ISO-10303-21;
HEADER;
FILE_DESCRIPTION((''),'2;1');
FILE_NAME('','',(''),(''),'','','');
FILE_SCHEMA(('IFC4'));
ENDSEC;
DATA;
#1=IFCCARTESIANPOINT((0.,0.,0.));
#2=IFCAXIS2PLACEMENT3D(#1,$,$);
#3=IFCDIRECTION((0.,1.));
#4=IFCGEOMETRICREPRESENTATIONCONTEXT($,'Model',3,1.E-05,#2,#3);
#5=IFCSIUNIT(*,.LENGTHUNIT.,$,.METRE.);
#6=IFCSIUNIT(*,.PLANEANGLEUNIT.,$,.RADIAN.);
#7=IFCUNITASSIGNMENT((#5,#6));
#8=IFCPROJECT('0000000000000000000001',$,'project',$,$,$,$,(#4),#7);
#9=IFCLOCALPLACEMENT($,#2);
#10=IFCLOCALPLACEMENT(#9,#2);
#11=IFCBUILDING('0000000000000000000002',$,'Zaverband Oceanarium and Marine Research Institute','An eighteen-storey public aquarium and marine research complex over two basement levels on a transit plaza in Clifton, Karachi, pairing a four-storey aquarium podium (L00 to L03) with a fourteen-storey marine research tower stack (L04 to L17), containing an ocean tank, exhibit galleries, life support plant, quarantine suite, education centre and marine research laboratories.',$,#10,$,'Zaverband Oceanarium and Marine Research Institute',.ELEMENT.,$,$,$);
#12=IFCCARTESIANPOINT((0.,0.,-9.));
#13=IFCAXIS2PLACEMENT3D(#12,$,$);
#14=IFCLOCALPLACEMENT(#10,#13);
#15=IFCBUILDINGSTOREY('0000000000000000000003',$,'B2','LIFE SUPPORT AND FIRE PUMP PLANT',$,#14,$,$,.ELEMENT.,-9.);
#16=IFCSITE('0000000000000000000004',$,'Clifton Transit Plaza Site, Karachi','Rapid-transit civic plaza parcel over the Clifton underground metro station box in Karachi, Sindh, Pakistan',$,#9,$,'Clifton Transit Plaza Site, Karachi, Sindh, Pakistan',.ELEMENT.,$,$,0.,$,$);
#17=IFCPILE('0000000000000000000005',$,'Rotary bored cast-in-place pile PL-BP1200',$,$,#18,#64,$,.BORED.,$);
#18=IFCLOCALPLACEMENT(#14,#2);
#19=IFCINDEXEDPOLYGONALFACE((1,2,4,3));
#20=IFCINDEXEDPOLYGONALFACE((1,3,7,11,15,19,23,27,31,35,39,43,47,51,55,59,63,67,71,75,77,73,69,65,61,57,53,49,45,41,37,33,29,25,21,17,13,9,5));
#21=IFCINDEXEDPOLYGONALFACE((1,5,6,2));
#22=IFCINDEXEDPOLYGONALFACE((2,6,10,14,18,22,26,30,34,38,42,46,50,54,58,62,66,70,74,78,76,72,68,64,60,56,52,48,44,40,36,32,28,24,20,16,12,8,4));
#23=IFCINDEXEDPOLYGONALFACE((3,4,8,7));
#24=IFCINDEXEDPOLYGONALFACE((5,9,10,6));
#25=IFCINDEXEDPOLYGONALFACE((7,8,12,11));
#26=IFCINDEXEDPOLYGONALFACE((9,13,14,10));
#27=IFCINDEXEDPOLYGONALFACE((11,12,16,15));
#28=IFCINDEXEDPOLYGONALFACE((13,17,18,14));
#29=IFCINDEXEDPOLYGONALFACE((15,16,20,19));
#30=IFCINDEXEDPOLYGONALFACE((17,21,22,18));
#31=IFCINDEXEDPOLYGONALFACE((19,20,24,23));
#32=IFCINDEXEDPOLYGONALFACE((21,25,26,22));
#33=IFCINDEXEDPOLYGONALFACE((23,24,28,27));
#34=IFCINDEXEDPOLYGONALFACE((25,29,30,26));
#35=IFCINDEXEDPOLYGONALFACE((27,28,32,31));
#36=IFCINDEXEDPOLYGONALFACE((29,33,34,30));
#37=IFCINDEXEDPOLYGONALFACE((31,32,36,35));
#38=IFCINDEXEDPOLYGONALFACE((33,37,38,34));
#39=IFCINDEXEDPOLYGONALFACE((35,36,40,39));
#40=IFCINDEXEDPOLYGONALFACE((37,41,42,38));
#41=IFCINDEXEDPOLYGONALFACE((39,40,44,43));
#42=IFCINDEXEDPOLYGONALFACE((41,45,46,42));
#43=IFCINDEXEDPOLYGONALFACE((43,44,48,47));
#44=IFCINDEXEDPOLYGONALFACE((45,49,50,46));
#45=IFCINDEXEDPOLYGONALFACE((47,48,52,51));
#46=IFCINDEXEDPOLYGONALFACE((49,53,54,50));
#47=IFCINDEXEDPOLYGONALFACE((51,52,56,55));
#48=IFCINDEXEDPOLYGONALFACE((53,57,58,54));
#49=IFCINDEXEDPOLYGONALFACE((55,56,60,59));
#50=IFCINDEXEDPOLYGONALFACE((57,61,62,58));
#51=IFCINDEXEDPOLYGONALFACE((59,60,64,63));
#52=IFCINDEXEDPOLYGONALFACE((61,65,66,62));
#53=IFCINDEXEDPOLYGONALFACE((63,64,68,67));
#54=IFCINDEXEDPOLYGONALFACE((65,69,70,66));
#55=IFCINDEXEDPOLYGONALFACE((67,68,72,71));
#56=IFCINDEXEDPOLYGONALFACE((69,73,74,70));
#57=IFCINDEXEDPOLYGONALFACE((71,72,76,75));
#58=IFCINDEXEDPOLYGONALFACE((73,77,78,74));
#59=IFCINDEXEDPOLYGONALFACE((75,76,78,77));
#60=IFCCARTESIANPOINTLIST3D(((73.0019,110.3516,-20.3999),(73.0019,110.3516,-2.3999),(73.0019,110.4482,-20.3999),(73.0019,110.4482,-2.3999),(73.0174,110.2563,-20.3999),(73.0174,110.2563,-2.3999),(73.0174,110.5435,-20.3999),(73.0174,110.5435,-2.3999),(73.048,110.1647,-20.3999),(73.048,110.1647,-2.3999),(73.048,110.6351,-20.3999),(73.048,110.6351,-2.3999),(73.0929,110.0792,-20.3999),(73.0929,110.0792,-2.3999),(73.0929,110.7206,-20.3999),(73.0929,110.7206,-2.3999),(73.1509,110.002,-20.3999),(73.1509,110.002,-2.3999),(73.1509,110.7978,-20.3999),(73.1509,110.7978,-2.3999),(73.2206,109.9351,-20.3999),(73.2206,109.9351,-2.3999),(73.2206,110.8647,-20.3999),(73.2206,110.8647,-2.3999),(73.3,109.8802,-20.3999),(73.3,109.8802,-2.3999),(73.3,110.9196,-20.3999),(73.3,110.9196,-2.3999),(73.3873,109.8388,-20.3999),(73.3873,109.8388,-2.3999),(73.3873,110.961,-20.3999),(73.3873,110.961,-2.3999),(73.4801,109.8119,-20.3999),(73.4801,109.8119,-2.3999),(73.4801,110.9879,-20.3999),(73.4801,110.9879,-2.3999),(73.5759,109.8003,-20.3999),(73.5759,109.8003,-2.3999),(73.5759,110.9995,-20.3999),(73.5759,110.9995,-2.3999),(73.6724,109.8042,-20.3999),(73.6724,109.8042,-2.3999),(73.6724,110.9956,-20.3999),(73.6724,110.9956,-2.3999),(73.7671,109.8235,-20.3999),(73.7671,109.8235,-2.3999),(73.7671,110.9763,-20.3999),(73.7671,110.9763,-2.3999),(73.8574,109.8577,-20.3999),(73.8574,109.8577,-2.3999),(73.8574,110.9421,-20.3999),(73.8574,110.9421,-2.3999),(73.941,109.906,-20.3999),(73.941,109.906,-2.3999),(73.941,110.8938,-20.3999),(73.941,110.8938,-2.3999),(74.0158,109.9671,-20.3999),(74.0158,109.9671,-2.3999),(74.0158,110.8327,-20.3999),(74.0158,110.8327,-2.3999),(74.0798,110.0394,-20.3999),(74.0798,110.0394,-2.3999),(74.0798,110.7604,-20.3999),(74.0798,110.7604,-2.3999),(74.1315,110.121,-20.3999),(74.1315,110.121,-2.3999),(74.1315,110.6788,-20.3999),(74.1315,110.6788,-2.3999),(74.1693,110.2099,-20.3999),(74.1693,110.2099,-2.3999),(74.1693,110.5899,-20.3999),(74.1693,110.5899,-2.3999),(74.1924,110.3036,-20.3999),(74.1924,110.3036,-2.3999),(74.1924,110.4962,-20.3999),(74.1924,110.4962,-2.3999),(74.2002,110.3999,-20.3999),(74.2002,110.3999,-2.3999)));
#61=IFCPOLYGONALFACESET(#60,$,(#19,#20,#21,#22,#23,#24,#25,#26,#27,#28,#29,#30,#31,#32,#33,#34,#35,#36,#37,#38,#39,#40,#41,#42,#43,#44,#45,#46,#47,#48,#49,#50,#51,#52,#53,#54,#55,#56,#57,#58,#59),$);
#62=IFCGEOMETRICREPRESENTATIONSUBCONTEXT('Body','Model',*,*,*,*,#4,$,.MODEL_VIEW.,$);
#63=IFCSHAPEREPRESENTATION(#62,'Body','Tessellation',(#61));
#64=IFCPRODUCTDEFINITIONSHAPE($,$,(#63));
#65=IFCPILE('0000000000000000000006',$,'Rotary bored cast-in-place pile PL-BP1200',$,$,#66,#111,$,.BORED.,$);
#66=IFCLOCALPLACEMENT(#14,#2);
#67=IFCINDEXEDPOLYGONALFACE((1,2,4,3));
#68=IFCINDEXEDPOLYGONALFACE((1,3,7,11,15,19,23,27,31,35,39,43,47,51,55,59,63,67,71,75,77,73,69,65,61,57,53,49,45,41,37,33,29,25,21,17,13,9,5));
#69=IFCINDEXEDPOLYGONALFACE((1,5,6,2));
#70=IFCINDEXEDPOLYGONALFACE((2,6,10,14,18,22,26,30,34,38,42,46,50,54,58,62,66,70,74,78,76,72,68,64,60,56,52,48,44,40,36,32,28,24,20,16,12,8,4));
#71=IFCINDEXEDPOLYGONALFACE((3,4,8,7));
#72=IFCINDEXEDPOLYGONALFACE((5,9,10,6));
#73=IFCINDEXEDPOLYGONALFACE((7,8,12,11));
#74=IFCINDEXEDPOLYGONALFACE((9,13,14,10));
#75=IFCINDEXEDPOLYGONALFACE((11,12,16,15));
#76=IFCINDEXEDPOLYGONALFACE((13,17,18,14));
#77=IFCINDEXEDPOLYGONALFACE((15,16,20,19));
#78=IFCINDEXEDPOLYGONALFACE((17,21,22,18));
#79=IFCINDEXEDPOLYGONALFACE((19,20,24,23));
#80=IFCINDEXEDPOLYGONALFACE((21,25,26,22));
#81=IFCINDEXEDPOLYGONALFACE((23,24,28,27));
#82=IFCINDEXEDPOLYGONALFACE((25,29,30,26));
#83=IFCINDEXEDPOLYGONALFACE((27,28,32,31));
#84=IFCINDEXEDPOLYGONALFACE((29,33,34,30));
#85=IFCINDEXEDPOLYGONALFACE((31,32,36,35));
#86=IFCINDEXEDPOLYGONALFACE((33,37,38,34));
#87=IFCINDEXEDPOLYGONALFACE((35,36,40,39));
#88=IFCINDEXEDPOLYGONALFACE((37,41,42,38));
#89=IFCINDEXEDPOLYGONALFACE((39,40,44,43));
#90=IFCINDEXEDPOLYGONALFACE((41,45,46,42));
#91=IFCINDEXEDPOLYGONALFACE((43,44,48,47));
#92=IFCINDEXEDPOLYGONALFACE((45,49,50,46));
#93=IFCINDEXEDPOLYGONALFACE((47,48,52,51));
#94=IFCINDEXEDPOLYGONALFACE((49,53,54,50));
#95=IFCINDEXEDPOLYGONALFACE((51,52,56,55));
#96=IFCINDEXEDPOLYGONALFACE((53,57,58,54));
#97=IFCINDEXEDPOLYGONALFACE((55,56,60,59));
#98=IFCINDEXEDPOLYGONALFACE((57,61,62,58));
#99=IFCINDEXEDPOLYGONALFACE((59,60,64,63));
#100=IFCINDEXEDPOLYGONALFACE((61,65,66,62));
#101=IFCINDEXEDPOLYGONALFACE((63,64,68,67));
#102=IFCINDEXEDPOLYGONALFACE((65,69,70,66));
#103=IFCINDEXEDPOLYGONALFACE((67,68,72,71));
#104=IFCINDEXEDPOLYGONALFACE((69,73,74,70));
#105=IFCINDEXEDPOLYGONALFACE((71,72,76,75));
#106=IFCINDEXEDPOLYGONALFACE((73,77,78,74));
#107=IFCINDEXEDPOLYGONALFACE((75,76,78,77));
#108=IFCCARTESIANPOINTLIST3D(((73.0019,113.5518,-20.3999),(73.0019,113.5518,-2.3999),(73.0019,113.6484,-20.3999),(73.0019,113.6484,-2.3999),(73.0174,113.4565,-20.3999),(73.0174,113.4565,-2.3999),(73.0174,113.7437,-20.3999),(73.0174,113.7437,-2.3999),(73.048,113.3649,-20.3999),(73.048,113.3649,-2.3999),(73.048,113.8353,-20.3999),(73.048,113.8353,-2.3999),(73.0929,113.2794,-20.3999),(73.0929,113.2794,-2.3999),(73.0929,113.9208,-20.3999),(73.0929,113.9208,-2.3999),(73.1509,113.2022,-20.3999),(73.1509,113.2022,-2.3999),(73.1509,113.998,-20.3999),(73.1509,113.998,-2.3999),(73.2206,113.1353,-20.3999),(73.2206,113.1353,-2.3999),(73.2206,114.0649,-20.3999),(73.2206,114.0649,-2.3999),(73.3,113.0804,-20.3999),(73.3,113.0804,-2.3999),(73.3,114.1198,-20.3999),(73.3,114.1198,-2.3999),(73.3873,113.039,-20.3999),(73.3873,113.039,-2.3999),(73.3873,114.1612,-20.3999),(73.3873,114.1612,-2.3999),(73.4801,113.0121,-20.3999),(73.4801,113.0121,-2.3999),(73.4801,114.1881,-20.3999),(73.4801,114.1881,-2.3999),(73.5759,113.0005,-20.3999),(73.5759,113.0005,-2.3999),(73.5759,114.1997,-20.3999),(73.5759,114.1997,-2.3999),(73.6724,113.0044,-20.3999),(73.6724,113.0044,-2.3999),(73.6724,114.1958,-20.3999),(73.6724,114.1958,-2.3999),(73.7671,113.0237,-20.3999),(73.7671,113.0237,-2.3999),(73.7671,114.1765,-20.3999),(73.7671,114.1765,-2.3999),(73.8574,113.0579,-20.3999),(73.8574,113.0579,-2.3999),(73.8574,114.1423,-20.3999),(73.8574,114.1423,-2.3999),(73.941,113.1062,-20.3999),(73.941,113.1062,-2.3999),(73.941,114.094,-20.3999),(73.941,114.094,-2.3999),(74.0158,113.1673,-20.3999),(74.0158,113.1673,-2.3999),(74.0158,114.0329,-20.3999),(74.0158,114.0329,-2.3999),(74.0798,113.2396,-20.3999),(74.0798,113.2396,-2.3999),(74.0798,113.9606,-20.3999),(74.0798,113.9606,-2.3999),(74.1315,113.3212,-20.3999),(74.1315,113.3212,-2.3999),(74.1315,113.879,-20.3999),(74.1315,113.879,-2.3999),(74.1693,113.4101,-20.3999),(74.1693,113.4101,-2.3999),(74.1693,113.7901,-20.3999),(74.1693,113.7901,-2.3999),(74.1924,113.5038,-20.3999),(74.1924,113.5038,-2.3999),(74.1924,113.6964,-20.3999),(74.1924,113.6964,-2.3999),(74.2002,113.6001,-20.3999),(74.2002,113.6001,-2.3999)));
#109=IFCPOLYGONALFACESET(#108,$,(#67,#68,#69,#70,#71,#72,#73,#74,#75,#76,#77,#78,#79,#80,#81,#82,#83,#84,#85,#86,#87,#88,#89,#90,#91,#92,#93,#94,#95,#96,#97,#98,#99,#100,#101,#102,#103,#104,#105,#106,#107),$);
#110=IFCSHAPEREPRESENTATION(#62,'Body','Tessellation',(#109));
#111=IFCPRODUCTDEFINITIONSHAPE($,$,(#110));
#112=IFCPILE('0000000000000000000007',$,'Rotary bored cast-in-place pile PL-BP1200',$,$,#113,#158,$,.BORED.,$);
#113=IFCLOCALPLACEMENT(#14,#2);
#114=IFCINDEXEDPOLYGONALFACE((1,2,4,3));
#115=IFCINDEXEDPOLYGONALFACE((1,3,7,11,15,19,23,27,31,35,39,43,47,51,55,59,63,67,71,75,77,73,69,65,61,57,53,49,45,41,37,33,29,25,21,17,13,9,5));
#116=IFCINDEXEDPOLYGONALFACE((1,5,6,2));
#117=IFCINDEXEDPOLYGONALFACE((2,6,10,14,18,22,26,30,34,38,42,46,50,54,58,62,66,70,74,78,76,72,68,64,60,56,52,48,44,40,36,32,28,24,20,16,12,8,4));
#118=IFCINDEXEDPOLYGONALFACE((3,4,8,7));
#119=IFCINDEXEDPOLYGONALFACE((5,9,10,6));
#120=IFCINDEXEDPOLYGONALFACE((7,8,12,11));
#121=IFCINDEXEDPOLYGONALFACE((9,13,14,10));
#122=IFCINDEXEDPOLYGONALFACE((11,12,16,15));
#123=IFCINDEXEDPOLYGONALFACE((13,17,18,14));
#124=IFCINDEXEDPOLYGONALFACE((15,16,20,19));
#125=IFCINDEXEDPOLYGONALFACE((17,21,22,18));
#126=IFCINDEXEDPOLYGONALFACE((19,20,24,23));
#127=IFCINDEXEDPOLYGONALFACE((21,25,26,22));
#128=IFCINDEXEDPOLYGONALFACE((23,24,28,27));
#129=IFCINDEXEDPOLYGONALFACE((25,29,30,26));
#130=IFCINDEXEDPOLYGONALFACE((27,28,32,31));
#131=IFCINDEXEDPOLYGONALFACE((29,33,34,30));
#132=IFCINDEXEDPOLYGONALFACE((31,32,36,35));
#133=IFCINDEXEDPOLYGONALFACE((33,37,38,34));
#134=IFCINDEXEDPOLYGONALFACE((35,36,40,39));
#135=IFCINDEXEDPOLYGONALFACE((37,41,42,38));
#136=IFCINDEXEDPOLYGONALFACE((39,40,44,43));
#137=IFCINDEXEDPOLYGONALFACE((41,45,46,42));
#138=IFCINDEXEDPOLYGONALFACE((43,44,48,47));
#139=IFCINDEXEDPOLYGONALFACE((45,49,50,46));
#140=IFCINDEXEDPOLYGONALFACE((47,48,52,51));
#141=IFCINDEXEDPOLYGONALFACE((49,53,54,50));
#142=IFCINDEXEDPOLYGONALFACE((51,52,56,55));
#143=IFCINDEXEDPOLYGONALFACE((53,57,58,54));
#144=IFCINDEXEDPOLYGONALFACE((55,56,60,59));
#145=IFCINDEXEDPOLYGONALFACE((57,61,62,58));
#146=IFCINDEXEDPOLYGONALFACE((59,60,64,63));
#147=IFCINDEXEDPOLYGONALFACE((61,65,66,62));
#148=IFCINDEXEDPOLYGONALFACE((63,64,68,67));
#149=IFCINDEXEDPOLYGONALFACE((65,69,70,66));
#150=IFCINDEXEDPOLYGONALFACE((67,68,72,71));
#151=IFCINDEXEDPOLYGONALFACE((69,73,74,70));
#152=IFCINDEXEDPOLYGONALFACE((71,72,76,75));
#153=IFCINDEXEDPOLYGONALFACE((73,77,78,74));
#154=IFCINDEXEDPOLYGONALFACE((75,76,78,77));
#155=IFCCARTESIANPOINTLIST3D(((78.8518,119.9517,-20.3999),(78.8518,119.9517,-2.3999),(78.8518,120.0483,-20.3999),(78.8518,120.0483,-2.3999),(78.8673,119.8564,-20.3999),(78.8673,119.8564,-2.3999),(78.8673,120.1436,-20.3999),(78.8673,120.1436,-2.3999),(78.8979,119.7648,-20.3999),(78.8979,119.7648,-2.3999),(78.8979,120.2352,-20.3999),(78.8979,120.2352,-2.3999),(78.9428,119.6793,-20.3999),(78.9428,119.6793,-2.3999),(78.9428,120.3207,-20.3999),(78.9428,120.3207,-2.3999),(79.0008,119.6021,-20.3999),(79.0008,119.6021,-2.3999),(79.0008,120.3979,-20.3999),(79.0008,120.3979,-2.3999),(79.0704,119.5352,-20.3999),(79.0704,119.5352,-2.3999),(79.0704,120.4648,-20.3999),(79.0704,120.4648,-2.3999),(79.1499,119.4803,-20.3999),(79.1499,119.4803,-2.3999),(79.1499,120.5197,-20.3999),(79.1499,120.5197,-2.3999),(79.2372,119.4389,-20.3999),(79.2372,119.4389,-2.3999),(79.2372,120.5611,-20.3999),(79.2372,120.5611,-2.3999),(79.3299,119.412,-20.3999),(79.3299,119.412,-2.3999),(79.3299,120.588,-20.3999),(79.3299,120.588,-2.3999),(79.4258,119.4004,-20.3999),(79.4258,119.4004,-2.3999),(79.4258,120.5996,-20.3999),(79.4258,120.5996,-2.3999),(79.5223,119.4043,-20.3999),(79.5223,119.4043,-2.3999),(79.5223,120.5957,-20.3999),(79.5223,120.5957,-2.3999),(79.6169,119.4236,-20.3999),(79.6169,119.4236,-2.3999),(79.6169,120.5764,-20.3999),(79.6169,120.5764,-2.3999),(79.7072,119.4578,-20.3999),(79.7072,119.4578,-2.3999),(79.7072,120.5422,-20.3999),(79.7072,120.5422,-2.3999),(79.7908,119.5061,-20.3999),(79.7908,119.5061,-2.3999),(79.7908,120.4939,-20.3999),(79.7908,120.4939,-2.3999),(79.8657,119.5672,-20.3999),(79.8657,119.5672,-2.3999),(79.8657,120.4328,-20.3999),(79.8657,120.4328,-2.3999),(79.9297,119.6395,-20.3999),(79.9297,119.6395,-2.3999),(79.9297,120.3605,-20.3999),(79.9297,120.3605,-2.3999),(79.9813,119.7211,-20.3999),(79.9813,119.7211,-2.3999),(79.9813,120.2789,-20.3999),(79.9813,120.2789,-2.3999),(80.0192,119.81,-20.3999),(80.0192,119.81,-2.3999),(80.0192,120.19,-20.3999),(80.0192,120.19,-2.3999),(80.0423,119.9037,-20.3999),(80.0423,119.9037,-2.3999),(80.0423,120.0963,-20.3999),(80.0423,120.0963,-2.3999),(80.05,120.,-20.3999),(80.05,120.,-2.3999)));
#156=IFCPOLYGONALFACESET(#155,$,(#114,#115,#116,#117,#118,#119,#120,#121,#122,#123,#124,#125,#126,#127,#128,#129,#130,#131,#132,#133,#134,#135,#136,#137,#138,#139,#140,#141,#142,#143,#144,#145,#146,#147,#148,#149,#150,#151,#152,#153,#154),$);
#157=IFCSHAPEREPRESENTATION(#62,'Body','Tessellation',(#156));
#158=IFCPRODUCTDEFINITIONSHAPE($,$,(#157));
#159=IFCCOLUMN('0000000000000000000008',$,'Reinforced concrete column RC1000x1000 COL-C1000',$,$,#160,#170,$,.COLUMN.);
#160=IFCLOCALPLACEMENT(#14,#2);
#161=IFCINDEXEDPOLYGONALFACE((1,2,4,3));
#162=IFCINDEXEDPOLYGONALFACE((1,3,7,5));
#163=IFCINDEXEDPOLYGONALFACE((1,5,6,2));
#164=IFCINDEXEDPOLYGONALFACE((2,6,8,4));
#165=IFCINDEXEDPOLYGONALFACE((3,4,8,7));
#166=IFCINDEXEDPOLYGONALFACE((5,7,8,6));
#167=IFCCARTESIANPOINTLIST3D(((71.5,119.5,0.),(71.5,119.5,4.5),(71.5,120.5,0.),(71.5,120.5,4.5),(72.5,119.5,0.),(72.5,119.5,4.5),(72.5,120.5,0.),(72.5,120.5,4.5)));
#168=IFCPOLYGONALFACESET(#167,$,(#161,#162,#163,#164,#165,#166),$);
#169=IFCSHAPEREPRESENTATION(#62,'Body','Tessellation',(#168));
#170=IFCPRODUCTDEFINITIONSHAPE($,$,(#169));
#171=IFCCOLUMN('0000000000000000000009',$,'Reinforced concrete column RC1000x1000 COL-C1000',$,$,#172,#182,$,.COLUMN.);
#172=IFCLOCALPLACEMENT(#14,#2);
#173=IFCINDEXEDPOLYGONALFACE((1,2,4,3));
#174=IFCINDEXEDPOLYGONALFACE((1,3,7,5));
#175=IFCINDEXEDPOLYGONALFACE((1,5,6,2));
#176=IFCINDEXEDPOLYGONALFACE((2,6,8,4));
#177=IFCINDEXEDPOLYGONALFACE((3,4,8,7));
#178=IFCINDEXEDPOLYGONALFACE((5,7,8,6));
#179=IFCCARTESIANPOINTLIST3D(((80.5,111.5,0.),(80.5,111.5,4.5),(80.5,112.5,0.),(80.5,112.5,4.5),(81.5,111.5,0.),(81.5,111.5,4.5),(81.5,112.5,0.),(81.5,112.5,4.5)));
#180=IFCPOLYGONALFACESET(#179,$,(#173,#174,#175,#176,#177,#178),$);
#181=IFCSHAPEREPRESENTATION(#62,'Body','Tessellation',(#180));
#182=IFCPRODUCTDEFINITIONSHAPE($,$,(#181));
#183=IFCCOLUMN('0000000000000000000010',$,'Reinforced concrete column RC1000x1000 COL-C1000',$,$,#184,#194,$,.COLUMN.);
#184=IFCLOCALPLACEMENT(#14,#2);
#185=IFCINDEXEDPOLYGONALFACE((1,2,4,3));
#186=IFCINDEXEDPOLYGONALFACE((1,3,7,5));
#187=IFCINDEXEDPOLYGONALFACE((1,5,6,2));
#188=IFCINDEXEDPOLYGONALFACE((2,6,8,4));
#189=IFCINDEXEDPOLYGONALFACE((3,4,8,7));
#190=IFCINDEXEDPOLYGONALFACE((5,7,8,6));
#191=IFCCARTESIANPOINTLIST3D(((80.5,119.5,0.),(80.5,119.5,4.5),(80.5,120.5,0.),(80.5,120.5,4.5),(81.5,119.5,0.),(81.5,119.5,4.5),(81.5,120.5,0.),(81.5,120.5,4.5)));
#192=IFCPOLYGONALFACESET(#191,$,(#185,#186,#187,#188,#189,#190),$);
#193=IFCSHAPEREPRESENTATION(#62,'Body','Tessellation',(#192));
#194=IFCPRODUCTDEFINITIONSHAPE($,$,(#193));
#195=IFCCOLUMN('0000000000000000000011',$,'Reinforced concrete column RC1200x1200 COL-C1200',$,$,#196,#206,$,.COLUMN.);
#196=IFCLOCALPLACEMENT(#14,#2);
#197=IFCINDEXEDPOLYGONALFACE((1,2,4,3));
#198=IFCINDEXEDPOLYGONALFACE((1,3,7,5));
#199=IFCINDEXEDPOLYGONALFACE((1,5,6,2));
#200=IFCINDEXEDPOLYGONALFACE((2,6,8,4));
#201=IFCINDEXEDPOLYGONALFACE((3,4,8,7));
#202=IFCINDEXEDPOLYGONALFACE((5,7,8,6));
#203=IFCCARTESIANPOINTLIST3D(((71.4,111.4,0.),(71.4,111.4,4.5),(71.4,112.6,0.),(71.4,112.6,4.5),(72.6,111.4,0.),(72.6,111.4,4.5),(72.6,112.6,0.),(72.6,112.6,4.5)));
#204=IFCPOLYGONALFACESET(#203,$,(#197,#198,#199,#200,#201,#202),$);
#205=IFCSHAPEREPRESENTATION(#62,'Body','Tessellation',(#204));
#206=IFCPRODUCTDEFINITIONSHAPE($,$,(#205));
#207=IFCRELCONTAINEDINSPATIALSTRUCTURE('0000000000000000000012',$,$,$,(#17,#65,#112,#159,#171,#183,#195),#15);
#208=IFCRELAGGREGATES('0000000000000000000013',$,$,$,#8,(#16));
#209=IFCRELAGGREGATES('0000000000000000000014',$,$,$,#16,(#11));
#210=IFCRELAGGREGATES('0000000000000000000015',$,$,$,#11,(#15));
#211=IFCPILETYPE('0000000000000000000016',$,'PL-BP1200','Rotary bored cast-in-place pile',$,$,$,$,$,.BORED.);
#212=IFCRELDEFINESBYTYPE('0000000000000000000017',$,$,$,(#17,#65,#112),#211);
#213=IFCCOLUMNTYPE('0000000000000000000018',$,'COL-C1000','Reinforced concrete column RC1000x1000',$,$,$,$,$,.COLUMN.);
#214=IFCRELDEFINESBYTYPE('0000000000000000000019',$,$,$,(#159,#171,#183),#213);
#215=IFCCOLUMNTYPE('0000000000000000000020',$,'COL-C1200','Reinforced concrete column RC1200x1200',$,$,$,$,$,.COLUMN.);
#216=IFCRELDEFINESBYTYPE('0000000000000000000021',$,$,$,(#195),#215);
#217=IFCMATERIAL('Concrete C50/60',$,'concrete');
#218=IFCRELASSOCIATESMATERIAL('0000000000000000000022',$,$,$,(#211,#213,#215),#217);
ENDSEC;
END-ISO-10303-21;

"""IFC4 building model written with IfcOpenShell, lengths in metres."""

from ifc_helpers import new_model, si_unit, direction, frame, origin, origin_2d, place, context, subcontext, project, spatial, rectangle, circle, extrude, material, material_profile, profile_set, type_object, element, save


model = new_model("IFC4")

# Units and contexts
model_context = context("Model", 3, precision=1e-05, world=origin(), true_north=direction((0.0, 1.0)))
body_context = subcontext(model_context, "Body", "Model", "MODEL_VIEW")
ifc_project = project(units=[si_unit("LENGTHUNIT", "METRE"), si_unit("PLANEANGLEUNIT", "RADIAN")], contexts=[model_context])

# Site, building, storey
site_placement = place(None, origin())
site = spatial("IfcSite", under=ifc_project, at=site_placement, Name="Clifton Transit Plaza Site, Karachi", Description="Rapid-transit civic plaza parcel over the Clifton underground metro station box in Karachi, Sindh, Pakistan", LongName="Clifton Transit Plaza Site, Karachi, Sindh, Pakistan", CompositionType="ELEMENT", RefElevation=0.0)
building_placement = place(site_placement, origin())
building = spatial("IfcBuilding", under=site, at=building_placement, Name="Zaverband Oceanarium and Marine Research Institute", Description="An eighteen-storey public aquarium and marine research complex over two basement levels on a transit plaza in Clifton, Karachi, pairing a four-storey aquarium podium (L00 to L03) with a fourteen-storey marine research tower stack (L04 to L17), containing an ocean tank, exhibit galleries, life support plant, quarantine suite, education centre and marine research laboratories.", LongName="Zaverband Oceanarium and Marine Research Institute", CompositionType="ELEMENT")
storey_placement = place(building_placement, frame((0.0, 0.0, -9.0)))
storey = spatial("IfcBuildingStorey", under=building, at=storey_placement, Name="B2", Description="LIFE SUPPORT AND FIRE PUMP PLANT", CompositionType="ELEMENT", Elevation=-9.0)

# Shared definitions
ifc_material_1 = material(Name="Concrete C50/60", Category="concrete")

# Piles
ifc_material_profile_1 = material_profile(ifc_material_1, circle(Radius=0.6001, at=origin_2d()), Name="BP1200")
ifc_profile_set_1 = profile_set([ifc_material_profile_1], Name="Concrete C50/60")
pile_type_1 = type_object("IfcPileType", Name="PL-BP1200", Description="Rotary bored cast-in-place pile", PredefinedType="BORED", material=ifc_profile_set_1)
for number, where, z_axis, x_axis, name in (
    (1, (73.6001, 110.3999, -2.3999), (0.0, 0.0, -1.0), (1.0, 0.0, 0.0), "Rotary bored cast-in-place pile PL-BP1200"),
    (2, (73.6001, 113.6001, -2.3999), (0.0, 0.0, -1.0), (1.0, 0.0, 0.0), "Rotary bored cast-in-place pile PL-BP1200"),
    (3, (79.45, 120.0, -2.3999), (0.0, 0.0, -1.0), (1.0, 0.0, 0.0), "Rotary bored cast-in-place pile PL-BP1200"),
):
    element("IfcPile", number, at=place(storey_placement, frame(where, z_axis=z_axis, x_axis=x_axis)), inside=storey, type_object=pile_type_1, Name=name, PredefinedType="BORED", context=body_context, shape_type="SweptSolid", body=[
        extrude(circle(Radius=0.6001, at=origin_2d()), origin(), (0.0, 0.0, 1.0), 18.0),
    ])

# Columns
ifc_material_profile_2 = material_profile(ifc_material_1, rectangle(XDim=1.0, YDim=1.0, at=origin_2d()), Name="RC1000x1000")
ifc_profile_set_2 = profile_set([ifc_material_profile_2], Name="Concrete C50/60")
column_type_1 = type_object("IfcColumnType", Name="COL-C1000", Description="Reinforced concrete column RC1000x1000", PredefinedType="COLUMN", material=ifc_profile_set_2)
for number, where, z_axis, x_axis, name in (
    (4, (72.0, 120.0, 0.0), (0.0, 0.0, 1.0), (1.0, 0.0, 0.0), "Reinforced concrete column RC1000x1000 COL-C1000"),
    (5, (81.0, 112.0, 0.0), (0.0, 0.0, 1.0), (1.0, 0.0, 0.0), "Reinforced concrete column RC1000x1000 COL-C1000"),
    (6, (81.0, 120.0, 0.0), (0.0, 0.0, 1.0), (1.0, 0.0, 0.0), "Reinforced concrete column RC1000x1000 COL-C1000"),
):
    element("IfcColumn", number, at=place(storey_placement, frame(where, z_axis=z_axis, x_axis=x_axis)), inside=storey, type_object=column_type_1, Name=name, PredefinedType="COLUMN", context=body_context, shape_type="SweptSolid", body=[
        extrude(rectangle(XDim=1.0, YDim=1.0, at=origin_2d()), origin(), (0.0, 0.0, 1.0), 4.5),
    ])
ifc_material_profile_3 = material_profile(ifc_material_1, rectangle(XDim=1.2, YDim=1.2, at=origin_2d()), Name="RC1200x1200")
ifc_profile_set_3 = profile_set([ifc_material_profile_3], Name="Concrete C50/60")
column_type_2 = type_object("IfcColumnType", Name="COL-C1200", Description="Reinforced concrete column RC1200x1200", PredefinedType="COLUMN", material=ifc_profile_set_3)
column_placement = place(storey_placement, frame((72.0, 112.0, 0.0), z_axis=(0.0, 0.0, 1.0), x_axis=(1.0, 0.0, 0.0)))
element("IfcColumn", 7, at=column_placement, inside=storey, type_object=column_type_2, Name="Reinforced concrete column RC1200x1200 COL-C1200", PredefinedType="COLUMN", context=body_context, shape_type="SweptSolid", body=[
    extrude(rectangle(XDim=1.2, YDim=1.2, at=origin_2d()), origin(), (0.0, 0.0, 1.0), 4.5),
])

save(model, "model.ifc")
